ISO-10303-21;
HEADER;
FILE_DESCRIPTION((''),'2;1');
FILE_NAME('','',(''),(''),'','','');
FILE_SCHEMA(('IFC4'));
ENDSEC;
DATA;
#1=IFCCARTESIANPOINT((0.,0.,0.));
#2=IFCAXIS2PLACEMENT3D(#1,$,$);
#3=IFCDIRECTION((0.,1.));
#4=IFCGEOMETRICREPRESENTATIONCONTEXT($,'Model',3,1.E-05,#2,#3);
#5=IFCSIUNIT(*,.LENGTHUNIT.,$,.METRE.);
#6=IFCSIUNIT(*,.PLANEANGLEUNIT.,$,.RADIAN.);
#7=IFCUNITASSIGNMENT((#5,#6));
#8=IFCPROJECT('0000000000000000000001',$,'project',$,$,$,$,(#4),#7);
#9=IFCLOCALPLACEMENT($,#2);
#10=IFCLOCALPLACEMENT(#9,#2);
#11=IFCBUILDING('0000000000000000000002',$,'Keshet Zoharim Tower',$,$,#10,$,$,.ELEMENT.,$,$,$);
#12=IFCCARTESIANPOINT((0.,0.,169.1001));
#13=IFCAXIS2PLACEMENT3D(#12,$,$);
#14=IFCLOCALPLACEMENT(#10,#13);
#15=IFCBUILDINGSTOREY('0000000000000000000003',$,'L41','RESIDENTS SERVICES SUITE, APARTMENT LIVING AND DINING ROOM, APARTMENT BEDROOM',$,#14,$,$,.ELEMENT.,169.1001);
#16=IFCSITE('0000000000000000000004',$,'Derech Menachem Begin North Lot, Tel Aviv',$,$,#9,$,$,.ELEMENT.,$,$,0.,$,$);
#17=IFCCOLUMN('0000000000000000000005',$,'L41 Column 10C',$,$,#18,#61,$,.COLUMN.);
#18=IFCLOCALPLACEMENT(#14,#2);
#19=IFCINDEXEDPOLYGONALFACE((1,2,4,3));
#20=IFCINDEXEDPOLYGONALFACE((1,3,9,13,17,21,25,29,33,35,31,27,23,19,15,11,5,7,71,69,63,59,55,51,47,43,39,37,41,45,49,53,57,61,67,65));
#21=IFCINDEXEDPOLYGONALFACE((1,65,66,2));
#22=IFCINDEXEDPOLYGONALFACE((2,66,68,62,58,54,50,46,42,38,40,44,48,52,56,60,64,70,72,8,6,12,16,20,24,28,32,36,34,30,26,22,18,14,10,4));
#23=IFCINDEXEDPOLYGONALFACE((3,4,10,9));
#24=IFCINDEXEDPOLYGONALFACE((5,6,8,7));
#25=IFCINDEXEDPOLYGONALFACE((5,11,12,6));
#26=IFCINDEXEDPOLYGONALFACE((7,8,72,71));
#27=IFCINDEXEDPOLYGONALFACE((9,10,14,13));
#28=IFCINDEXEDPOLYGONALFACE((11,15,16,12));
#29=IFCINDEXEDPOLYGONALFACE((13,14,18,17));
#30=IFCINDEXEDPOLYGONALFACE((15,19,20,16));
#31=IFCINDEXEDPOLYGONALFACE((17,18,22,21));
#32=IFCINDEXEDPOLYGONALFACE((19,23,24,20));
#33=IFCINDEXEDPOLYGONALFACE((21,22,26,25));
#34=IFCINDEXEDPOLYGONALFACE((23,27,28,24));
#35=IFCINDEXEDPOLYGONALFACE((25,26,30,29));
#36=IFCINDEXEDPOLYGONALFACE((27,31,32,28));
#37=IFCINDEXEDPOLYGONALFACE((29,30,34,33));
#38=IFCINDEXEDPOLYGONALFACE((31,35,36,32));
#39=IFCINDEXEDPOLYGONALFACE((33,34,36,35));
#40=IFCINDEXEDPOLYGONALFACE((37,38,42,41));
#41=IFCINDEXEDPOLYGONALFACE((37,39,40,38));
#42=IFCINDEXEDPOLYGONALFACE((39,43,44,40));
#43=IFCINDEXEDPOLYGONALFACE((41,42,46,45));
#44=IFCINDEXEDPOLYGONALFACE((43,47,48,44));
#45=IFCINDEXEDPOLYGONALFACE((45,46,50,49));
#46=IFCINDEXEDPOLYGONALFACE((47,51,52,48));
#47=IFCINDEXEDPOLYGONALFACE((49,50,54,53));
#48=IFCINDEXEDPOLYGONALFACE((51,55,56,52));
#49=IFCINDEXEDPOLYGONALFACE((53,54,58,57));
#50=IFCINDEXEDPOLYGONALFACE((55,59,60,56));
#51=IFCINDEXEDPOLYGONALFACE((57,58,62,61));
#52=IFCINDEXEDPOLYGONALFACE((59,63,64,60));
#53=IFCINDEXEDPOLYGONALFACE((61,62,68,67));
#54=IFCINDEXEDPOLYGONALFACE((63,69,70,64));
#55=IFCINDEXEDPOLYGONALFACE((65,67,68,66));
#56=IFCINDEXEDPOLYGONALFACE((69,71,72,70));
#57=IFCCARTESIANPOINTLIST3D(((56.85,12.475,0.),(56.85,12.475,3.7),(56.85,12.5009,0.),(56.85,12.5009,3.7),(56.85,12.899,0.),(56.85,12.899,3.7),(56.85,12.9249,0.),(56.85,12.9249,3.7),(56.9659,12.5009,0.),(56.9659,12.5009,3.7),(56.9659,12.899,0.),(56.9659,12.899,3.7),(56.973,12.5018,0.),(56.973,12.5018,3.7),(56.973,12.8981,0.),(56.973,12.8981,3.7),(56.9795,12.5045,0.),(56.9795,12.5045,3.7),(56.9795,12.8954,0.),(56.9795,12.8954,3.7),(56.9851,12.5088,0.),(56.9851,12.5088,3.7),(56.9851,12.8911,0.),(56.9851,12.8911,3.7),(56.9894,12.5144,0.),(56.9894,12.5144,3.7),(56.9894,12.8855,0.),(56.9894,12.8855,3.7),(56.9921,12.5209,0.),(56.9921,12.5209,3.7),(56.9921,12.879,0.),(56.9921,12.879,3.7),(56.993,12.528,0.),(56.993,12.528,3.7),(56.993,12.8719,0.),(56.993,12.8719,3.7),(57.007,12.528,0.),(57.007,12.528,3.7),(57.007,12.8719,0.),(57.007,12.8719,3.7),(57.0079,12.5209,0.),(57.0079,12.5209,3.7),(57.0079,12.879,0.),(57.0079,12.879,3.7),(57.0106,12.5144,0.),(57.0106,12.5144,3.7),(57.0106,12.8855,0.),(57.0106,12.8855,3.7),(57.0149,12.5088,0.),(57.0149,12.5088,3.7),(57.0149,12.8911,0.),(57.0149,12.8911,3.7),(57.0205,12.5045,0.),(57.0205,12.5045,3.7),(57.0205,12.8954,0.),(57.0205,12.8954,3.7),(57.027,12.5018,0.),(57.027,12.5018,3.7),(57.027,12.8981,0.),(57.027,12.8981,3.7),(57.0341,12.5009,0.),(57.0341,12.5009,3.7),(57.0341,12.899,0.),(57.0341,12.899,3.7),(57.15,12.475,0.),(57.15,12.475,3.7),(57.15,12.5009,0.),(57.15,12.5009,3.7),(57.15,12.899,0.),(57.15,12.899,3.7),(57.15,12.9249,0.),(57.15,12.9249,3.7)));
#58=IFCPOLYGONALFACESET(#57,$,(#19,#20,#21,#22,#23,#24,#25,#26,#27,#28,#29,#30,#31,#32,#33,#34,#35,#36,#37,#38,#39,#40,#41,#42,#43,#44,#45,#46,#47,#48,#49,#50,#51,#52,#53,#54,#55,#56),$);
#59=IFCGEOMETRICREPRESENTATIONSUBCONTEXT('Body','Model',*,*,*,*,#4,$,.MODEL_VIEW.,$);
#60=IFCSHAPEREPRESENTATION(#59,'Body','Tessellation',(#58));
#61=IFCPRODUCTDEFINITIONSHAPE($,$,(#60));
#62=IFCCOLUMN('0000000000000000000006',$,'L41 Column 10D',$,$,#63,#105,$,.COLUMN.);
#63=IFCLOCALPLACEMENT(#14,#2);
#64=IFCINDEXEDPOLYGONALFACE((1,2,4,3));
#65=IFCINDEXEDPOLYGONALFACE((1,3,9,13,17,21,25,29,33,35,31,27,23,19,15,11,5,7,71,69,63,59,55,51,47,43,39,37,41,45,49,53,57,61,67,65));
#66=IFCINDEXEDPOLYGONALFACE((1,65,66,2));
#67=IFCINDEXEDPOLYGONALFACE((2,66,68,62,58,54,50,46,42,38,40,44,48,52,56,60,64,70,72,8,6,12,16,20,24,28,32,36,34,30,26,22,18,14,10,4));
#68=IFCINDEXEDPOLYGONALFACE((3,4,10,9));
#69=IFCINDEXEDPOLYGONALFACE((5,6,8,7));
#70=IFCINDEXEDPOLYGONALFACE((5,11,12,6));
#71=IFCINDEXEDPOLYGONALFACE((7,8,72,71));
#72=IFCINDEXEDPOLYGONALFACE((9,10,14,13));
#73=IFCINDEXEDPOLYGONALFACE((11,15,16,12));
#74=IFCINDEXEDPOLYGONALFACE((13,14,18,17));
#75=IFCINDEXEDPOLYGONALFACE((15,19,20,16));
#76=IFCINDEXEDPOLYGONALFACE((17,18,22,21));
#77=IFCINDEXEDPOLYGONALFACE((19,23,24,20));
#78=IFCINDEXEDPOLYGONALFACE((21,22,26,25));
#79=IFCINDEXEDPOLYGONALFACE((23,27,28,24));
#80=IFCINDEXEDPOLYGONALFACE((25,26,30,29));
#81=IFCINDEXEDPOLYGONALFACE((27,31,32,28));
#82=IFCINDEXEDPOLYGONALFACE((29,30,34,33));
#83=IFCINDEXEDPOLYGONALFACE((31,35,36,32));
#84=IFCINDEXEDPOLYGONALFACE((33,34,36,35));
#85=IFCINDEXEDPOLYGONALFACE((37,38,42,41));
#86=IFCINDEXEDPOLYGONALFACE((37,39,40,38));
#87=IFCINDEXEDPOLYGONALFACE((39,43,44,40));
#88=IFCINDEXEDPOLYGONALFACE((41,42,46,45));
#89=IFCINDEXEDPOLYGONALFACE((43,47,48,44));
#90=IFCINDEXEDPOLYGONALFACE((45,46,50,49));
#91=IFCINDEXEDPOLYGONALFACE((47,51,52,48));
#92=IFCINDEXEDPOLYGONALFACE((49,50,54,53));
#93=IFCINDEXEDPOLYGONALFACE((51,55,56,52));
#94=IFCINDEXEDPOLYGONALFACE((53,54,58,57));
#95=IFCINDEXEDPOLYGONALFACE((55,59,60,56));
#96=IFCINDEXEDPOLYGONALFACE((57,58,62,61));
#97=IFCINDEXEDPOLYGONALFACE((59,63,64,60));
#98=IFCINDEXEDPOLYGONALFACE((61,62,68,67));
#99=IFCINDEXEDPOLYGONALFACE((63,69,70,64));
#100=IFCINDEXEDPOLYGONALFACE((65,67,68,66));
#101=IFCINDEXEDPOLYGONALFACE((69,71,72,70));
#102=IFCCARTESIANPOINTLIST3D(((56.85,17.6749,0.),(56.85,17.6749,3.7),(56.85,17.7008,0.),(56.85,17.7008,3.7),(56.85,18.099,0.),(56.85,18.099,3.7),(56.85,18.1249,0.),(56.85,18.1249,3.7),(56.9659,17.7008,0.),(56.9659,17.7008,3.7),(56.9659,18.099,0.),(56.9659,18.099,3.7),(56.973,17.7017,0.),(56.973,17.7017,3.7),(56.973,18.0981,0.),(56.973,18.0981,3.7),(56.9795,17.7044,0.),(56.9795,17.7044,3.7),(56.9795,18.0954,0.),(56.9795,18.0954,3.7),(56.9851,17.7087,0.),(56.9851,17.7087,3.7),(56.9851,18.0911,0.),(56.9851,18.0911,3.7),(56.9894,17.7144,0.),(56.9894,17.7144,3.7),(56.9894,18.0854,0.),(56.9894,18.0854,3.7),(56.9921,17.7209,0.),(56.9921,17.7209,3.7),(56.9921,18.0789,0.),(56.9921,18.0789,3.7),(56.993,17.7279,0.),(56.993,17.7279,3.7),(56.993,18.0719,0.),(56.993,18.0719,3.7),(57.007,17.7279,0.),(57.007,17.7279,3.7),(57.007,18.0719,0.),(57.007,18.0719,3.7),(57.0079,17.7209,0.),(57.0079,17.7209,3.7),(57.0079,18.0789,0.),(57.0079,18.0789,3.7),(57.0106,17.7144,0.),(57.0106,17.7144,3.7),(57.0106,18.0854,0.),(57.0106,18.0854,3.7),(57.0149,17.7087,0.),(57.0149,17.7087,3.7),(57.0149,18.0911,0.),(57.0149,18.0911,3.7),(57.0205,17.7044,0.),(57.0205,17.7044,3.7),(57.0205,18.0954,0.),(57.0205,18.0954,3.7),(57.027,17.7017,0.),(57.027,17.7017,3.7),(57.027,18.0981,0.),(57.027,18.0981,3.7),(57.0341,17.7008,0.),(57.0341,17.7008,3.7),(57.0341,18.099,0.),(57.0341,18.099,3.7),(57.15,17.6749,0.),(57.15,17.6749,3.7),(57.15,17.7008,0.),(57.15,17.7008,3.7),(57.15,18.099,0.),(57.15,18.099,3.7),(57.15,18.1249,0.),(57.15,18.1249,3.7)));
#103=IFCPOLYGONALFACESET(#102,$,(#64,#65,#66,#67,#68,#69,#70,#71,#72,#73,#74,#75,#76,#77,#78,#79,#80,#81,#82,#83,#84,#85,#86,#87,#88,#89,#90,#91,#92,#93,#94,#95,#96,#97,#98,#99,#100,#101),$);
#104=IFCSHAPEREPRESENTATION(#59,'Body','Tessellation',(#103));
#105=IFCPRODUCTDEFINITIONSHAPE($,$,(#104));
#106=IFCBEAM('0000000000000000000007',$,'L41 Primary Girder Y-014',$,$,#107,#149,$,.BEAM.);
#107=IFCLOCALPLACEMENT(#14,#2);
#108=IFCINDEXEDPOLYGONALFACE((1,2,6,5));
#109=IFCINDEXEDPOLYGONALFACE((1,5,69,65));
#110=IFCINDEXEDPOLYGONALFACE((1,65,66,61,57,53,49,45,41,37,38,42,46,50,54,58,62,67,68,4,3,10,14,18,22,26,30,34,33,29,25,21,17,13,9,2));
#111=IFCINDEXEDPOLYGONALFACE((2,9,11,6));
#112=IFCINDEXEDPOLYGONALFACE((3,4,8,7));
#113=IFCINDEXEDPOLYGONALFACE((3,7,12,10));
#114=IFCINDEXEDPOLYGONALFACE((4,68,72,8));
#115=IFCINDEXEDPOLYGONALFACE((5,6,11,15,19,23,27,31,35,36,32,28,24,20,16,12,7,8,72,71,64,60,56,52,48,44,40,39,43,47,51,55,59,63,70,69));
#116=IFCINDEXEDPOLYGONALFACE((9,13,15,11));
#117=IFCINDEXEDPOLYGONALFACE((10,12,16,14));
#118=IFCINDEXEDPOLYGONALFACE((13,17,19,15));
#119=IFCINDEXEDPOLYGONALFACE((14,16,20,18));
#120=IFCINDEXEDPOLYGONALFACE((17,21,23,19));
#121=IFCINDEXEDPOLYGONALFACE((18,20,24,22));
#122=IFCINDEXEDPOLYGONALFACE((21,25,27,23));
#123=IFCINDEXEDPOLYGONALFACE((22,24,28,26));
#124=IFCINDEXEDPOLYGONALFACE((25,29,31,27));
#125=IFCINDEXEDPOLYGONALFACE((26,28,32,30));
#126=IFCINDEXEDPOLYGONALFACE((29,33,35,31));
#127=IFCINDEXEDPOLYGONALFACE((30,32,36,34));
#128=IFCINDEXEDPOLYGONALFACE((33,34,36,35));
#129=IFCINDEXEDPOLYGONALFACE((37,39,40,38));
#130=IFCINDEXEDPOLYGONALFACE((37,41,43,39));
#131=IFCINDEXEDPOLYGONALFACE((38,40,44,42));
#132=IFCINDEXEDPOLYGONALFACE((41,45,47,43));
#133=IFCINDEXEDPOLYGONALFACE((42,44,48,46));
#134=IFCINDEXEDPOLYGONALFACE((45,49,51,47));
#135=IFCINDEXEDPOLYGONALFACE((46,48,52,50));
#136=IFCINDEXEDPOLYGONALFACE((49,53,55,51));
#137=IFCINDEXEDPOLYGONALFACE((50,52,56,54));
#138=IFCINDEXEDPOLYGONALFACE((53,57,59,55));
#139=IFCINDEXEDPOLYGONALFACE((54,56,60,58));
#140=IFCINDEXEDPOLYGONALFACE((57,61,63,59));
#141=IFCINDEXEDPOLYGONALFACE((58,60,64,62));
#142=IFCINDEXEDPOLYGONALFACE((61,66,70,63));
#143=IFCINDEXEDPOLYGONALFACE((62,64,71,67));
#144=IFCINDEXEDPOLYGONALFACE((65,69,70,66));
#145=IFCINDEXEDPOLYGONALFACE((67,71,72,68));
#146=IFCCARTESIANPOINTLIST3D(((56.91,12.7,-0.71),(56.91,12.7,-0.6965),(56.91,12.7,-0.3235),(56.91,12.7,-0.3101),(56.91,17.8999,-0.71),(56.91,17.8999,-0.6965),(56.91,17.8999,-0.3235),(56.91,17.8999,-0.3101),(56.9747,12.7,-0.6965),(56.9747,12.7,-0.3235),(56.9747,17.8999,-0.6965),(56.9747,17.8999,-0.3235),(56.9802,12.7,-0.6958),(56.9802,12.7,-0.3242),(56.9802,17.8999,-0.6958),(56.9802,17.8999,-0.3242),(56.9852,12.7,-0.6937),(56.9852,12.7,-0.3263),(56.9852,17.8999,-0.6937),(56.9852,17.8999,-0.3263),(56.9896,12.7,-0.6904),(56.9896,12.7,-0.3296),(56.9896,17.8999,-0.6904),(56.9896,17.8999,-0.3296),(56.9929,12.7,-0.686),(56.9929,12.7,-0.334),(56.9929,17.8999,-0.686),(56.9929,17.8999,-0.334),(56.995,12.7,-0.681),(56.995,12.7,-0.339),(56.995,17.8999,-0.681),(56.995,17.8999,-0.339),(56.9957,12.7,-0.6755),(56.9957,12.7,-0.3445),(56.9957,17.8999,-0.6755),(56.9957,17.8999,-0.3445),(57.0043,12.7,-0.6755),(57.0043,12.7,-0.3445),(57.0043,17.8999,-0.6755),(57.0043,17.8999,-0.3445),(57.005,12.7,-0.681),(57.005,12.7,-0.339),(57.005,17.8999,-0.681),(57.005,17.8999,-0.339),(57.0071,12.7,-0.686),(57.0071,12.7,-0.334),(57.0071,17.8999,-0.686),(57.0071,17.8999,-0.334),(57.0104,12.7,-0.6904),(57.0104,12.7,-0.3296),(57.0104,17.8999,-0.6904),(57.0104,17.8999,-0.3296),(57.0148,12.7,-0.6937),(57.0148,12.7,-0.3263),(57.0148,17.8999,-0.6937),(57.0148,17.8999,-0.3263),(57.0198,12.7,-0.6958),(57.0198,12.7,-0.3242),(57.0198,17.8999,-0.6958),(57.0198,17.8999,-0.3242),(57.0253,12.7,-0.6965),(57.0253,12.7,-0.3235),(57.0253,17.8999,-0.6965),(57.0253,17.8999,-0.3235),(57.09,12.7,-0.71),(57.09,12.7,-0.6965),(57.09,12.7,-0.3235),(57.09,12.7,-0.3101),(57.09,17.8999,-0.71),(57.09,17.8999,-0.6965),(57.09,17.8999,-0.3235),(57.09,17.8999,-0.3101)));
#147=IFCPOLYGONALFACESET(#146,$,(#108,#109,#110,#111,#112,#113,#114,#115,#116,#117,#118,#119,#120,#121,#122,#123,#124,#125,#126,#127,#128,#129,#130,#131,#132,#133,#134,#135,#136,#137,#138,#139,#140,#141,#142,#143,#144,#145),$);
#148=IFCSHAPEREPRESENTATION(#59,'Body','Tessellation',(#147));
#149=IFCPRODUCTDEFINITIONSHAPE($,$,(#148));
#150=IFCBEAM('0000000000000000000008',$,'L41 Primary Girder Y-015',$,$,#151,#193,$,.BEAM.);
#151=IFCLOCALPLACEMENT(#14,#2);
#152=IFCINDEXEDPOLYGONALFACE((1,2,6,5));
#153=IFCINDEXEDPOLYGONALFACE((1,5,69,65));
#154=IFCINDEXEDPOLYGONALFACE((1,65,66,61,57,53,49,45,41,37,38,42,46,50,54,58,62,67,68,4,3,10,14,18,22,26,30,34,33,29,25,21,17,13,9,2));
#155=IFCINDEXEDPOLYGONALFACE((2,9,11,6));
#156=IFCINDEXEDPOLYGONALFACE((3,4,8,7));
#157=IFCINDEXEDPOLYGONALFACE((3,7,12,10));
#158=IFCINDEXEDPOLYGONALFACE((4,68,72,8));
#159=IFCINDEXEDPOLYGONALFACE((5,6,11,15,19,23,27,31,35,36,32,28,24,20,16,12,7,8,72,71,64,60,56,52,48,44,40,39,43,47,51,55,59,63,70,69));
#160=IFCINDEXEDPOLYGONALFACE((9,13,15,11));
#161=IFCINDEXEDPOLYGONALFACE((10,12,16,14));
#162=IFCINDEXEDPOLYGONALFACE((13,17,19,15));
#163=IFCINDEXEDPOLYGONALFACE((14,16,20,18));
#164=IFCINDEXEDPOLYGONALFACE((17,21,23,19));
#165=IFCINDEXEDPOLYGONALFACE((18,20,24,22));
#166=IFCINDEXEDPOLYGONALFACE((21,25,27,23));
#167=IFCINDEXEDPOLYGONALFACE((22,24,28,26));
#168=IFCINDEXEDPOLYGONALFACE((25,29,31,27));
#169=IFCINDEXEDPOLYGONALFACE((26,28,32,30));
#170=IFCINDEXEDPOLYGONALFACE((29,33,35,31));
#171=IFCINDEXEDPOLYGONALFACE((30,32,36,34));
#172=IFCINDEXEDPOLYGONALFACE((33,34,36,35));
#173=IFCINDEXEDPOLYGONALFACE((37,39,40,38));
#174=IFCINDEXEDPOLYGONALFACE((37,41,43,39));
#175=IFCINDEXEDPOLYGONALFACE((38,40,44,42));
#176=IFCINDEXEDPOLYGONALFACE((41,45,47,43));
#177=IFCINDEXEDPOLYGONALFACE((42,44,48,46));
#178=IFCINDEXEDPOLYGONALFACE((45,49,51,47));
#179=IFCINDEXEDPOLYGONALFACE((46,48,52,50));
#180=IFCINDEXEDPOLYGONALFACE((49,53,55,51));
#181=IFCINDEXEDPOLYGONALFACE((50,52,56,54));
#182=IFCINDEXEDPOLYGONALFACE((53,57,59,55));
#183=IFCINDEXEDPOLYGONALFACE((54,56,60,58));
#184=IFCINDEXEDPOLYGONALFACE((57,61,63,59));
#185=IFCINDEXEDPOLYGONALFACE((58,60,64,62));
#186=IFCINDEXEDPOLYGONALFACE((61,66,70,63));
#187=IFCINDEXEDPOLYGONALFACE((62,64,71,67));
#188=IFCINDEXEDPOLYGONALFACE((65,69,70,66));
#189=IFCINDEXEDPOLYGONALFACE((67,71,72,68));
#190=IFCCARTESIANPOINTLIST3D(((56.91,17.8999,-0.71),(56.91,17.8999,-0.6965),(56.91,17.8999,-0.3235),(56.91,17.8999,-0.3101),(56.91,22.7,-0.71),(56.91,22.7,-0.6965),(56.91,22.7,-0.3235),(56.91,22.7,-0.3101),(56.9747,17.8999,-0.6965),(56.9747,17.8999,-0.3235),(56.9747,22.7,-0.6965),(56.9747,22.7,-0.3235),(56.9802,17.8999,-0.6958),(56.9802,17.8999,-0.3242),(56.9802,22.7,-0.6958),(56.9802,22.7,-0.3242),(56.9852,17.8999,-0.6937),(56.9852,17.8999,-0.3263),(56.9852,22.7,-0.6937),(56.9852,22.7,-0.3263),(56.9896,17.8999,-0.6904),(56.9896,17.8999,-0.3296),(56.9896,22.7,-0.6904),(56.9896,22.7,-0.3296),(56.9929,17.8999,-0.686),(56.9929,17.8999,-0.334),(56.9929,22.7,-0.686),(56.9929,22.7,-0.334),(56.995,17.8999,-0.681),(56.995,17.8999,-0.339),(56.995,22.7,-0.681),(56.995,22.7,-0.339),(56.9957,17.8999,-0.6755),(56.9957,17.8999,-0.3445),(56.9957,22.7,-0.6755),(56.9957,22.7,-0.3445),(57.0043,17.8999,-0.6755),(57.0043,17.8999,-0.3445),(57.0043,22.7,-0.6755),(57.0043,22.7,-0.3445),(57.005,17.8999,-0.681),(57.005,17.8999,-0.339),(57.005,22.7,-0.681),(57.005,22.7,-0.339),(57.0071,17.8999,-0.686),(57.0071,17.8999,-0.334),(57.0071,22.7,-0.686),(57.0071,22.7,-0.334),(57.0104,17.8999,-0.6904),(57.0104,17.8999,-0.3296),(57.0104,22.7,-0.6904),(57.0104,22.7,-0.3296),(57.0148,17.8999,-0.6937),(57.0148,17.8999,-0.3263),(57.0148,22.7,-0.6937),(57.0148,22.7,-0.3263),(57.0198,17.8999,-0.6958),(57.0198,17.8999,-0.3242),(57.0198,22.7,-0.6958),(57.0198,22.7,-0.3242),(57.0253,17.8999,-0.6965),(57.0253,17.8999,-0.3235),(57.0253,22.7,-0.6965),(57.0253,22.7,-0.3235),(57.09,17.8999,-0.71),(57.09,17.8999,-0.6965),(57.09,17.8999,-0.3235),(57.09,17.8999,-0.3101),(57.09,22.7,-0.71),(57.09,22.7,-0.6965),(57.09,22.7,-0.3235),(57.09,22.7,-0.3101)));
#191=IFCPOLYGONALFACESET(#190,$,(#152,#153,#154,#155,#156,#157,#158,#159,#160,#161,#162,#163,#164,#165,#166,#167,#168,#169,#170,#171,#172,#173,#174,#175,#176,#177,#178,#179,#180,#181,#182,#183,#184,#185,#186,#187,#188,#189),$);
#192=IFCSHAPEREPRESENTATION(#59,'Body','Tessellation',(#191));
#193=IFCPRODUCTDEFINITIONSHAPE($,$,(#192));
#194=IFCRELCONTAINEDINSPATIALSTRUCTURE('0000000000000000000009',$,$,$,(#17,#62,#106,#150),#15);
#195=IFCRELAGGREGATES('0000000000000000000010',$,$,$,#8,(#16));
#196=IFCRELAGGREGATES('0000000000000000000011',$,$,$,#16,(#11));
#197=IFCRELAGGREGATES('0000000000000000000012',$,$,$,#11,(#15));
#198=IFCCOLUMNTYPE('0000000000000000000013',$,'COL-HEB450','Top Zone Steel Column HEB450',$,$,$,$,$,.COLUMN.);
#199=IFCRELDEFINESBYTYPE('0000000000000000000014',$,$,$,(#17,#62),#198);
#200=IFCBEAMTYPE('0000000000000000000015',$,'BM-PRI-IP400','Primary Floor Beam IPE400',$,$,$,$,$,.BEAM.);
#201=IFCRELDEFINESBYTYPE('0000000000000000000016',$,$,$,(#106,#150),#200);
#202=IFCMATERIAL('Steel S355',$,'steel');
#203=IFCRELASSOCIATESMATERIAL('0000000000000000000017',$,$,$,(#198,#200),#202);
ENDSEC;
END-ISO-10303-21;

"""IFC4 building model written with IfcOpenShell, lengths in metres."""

from ifc_helpers import new_model, si_unit, direction, frame, origin, origin_2d, place, context, subcontext, project, spatial, i_section, extrude, material, material_profile, profile_set, type_object, element, save


model = new_model("IFC4")

# Units and contexts
model_context = context("Model", 3, precision=1e-05, world=origin(), true_north=direction((0.0, 1.0)))
body_context = subcontext(model_context, "Body", "Model", "MODEL_VIEW")
ifc_project = project(units=[si_unit("LENGTHUNIT", "METRE"), si_unit("PLANEANGLEUNIT", "RADIAN")], contexts=[model_context])

# Site, building, storey
site_placement = place(None, origin())
site = spatial("IfcSite", under=ifc_project, at=site_placement, Name="Derech Menachem Begin North Lot, Tel Aviv", CompositionType="ELEMENT", RefElevation=0.0)
building_placement = place(site_placement, origin())
building = spatial("IfcBuilding", under=site, at=building_placement, Name="Keshet Zoharim Tower", CompositionType="ELEMENT")
storey_placement = place(building_placement, frame((0.0, 0.0, 169.1001)))
storey = spatial("IfcBuildingStorey", under=building, at=storey_placement, Name="L41", Description="RESIDENTS SERVICES SUITE, APARTMENT LIVING AND DINING ROOM, APARTMENT BEDROOM", CompositionType="ELEMENT", Elevation=169.1001)

# Columns
ifc_material_1 = material(Name="Steel S355", Category="steel")
ifc_material_profile_1 = material_profile(ifc_material_1, i_section(OverallWidth=0.3, OverallDepth=0.45, WebThickness=0.0139, FlangeThickness=0.0259, FilletRadius=0.0271, at=origin_2d()), Name="HEB450")
ifc_profile_set_1 = profile_set([ifc_material_profile_1], Name="Steel S355")
column_type = type_object("IfcColumnType", Name="COL-HEB450", Description="Top Zone Steel Column HEB450", PredefinedType="COLUMN", material=ifc_profile_set_1)
for number, where, z_axis, x_axis, name in (
    (1, (57.0, 12.7, 0.0), (0.0, 0.0, 1.0), (1.0, 0.0, 0.0), "L41 Column 10C"),
    (2, (57.0, 17.8999, 0.0), (0.0, 0.0, 1.0), (1.0, 0.0, 0.0), "L41 Column 10D"),
):
    element("IfcColumn", number, at=place(storey_placement, frame(where, z_axis=z_axis, x_axis=x_axis)), inside=storey, type_object=column_type, Name=name, PredefinedType="COLUMN", context=body_context, shape_type="SweptSolid", body=[
        extrude(i_section(OverallWidth=0.3, OverallDepth=0.45, WebThickness=0.0139, FlangeThickness=0.0259, FilletRadius=0.0271, at=origin_2d()), origin(), (0.0, 0.0, 1.0), 3.7),
    ])

# Beams
ifc_material_profile_2 = material_profile(ifc_material_1, i_section(OverallWidth=0.1799, OverallDepth=0.3999, WebThickness=0.0085, FlangeThickness=0.0134, FilletRadius=0.021, at=origin_2d()), Name="IPE400")
ifc_profile_set_2 = profile_set([ifc_material_profile_2], Name="Steel S355")
beam_type = type_object("IfcBeamType", Name="BM-PRI-IP400", Description="Primary Floor Beam IPE400", PredefinedType="BEAM", material=ifc_profile_set_2)
beam_1_placement = place(storey_placement, frame((57.0, 12.7, -0.51), z_axis=(0.0, 1.0, 0.0), x_axis=(-1.0, 0.0, 0.0)))
element("IfcBeam", 3, at=beam_1_placement, inside=storey, type_object=beam_type, Name="L41 Primary Girder Y-014", PredefinedType="BEAM", context=body_context, shape_type="SweptSolid", body=[
    extrude(i_section(OverallWidth=0.1799, OverallDepth=0.3999, WebThickness=0.0085, FlangeThickness=0.0134, FilletRadius=0.021, at=origin_2d()), origin(), (0.0, 0.0, 1.0), 5.2),
])
beam_2_placement = place(storey_placement, frame((57.0, 17.8999, -0.51), z_axis=(0.0, 1.0, 0.0), x_axis=(-1.0, 0.0, 0.0)))
element("IfcBeam", 4, at=beam_2_placement, inside=storey, type_object=beam_type, Name="L41 Primary Girder Y-015", PredefinedType="BEAM", context=body_context, shape_type="SweptSolid", body=[
    extrude(i_section(OverallWidth=0.1799, OverallDepth=0.3999, WebThickness=0.0085, FlangeThickness=0.0134, FilletRadius=0.021, at=origin_2d()), origin(), (0.0, 0.0, 1.0), 4.8),
])

save(model, "model.ifc")
